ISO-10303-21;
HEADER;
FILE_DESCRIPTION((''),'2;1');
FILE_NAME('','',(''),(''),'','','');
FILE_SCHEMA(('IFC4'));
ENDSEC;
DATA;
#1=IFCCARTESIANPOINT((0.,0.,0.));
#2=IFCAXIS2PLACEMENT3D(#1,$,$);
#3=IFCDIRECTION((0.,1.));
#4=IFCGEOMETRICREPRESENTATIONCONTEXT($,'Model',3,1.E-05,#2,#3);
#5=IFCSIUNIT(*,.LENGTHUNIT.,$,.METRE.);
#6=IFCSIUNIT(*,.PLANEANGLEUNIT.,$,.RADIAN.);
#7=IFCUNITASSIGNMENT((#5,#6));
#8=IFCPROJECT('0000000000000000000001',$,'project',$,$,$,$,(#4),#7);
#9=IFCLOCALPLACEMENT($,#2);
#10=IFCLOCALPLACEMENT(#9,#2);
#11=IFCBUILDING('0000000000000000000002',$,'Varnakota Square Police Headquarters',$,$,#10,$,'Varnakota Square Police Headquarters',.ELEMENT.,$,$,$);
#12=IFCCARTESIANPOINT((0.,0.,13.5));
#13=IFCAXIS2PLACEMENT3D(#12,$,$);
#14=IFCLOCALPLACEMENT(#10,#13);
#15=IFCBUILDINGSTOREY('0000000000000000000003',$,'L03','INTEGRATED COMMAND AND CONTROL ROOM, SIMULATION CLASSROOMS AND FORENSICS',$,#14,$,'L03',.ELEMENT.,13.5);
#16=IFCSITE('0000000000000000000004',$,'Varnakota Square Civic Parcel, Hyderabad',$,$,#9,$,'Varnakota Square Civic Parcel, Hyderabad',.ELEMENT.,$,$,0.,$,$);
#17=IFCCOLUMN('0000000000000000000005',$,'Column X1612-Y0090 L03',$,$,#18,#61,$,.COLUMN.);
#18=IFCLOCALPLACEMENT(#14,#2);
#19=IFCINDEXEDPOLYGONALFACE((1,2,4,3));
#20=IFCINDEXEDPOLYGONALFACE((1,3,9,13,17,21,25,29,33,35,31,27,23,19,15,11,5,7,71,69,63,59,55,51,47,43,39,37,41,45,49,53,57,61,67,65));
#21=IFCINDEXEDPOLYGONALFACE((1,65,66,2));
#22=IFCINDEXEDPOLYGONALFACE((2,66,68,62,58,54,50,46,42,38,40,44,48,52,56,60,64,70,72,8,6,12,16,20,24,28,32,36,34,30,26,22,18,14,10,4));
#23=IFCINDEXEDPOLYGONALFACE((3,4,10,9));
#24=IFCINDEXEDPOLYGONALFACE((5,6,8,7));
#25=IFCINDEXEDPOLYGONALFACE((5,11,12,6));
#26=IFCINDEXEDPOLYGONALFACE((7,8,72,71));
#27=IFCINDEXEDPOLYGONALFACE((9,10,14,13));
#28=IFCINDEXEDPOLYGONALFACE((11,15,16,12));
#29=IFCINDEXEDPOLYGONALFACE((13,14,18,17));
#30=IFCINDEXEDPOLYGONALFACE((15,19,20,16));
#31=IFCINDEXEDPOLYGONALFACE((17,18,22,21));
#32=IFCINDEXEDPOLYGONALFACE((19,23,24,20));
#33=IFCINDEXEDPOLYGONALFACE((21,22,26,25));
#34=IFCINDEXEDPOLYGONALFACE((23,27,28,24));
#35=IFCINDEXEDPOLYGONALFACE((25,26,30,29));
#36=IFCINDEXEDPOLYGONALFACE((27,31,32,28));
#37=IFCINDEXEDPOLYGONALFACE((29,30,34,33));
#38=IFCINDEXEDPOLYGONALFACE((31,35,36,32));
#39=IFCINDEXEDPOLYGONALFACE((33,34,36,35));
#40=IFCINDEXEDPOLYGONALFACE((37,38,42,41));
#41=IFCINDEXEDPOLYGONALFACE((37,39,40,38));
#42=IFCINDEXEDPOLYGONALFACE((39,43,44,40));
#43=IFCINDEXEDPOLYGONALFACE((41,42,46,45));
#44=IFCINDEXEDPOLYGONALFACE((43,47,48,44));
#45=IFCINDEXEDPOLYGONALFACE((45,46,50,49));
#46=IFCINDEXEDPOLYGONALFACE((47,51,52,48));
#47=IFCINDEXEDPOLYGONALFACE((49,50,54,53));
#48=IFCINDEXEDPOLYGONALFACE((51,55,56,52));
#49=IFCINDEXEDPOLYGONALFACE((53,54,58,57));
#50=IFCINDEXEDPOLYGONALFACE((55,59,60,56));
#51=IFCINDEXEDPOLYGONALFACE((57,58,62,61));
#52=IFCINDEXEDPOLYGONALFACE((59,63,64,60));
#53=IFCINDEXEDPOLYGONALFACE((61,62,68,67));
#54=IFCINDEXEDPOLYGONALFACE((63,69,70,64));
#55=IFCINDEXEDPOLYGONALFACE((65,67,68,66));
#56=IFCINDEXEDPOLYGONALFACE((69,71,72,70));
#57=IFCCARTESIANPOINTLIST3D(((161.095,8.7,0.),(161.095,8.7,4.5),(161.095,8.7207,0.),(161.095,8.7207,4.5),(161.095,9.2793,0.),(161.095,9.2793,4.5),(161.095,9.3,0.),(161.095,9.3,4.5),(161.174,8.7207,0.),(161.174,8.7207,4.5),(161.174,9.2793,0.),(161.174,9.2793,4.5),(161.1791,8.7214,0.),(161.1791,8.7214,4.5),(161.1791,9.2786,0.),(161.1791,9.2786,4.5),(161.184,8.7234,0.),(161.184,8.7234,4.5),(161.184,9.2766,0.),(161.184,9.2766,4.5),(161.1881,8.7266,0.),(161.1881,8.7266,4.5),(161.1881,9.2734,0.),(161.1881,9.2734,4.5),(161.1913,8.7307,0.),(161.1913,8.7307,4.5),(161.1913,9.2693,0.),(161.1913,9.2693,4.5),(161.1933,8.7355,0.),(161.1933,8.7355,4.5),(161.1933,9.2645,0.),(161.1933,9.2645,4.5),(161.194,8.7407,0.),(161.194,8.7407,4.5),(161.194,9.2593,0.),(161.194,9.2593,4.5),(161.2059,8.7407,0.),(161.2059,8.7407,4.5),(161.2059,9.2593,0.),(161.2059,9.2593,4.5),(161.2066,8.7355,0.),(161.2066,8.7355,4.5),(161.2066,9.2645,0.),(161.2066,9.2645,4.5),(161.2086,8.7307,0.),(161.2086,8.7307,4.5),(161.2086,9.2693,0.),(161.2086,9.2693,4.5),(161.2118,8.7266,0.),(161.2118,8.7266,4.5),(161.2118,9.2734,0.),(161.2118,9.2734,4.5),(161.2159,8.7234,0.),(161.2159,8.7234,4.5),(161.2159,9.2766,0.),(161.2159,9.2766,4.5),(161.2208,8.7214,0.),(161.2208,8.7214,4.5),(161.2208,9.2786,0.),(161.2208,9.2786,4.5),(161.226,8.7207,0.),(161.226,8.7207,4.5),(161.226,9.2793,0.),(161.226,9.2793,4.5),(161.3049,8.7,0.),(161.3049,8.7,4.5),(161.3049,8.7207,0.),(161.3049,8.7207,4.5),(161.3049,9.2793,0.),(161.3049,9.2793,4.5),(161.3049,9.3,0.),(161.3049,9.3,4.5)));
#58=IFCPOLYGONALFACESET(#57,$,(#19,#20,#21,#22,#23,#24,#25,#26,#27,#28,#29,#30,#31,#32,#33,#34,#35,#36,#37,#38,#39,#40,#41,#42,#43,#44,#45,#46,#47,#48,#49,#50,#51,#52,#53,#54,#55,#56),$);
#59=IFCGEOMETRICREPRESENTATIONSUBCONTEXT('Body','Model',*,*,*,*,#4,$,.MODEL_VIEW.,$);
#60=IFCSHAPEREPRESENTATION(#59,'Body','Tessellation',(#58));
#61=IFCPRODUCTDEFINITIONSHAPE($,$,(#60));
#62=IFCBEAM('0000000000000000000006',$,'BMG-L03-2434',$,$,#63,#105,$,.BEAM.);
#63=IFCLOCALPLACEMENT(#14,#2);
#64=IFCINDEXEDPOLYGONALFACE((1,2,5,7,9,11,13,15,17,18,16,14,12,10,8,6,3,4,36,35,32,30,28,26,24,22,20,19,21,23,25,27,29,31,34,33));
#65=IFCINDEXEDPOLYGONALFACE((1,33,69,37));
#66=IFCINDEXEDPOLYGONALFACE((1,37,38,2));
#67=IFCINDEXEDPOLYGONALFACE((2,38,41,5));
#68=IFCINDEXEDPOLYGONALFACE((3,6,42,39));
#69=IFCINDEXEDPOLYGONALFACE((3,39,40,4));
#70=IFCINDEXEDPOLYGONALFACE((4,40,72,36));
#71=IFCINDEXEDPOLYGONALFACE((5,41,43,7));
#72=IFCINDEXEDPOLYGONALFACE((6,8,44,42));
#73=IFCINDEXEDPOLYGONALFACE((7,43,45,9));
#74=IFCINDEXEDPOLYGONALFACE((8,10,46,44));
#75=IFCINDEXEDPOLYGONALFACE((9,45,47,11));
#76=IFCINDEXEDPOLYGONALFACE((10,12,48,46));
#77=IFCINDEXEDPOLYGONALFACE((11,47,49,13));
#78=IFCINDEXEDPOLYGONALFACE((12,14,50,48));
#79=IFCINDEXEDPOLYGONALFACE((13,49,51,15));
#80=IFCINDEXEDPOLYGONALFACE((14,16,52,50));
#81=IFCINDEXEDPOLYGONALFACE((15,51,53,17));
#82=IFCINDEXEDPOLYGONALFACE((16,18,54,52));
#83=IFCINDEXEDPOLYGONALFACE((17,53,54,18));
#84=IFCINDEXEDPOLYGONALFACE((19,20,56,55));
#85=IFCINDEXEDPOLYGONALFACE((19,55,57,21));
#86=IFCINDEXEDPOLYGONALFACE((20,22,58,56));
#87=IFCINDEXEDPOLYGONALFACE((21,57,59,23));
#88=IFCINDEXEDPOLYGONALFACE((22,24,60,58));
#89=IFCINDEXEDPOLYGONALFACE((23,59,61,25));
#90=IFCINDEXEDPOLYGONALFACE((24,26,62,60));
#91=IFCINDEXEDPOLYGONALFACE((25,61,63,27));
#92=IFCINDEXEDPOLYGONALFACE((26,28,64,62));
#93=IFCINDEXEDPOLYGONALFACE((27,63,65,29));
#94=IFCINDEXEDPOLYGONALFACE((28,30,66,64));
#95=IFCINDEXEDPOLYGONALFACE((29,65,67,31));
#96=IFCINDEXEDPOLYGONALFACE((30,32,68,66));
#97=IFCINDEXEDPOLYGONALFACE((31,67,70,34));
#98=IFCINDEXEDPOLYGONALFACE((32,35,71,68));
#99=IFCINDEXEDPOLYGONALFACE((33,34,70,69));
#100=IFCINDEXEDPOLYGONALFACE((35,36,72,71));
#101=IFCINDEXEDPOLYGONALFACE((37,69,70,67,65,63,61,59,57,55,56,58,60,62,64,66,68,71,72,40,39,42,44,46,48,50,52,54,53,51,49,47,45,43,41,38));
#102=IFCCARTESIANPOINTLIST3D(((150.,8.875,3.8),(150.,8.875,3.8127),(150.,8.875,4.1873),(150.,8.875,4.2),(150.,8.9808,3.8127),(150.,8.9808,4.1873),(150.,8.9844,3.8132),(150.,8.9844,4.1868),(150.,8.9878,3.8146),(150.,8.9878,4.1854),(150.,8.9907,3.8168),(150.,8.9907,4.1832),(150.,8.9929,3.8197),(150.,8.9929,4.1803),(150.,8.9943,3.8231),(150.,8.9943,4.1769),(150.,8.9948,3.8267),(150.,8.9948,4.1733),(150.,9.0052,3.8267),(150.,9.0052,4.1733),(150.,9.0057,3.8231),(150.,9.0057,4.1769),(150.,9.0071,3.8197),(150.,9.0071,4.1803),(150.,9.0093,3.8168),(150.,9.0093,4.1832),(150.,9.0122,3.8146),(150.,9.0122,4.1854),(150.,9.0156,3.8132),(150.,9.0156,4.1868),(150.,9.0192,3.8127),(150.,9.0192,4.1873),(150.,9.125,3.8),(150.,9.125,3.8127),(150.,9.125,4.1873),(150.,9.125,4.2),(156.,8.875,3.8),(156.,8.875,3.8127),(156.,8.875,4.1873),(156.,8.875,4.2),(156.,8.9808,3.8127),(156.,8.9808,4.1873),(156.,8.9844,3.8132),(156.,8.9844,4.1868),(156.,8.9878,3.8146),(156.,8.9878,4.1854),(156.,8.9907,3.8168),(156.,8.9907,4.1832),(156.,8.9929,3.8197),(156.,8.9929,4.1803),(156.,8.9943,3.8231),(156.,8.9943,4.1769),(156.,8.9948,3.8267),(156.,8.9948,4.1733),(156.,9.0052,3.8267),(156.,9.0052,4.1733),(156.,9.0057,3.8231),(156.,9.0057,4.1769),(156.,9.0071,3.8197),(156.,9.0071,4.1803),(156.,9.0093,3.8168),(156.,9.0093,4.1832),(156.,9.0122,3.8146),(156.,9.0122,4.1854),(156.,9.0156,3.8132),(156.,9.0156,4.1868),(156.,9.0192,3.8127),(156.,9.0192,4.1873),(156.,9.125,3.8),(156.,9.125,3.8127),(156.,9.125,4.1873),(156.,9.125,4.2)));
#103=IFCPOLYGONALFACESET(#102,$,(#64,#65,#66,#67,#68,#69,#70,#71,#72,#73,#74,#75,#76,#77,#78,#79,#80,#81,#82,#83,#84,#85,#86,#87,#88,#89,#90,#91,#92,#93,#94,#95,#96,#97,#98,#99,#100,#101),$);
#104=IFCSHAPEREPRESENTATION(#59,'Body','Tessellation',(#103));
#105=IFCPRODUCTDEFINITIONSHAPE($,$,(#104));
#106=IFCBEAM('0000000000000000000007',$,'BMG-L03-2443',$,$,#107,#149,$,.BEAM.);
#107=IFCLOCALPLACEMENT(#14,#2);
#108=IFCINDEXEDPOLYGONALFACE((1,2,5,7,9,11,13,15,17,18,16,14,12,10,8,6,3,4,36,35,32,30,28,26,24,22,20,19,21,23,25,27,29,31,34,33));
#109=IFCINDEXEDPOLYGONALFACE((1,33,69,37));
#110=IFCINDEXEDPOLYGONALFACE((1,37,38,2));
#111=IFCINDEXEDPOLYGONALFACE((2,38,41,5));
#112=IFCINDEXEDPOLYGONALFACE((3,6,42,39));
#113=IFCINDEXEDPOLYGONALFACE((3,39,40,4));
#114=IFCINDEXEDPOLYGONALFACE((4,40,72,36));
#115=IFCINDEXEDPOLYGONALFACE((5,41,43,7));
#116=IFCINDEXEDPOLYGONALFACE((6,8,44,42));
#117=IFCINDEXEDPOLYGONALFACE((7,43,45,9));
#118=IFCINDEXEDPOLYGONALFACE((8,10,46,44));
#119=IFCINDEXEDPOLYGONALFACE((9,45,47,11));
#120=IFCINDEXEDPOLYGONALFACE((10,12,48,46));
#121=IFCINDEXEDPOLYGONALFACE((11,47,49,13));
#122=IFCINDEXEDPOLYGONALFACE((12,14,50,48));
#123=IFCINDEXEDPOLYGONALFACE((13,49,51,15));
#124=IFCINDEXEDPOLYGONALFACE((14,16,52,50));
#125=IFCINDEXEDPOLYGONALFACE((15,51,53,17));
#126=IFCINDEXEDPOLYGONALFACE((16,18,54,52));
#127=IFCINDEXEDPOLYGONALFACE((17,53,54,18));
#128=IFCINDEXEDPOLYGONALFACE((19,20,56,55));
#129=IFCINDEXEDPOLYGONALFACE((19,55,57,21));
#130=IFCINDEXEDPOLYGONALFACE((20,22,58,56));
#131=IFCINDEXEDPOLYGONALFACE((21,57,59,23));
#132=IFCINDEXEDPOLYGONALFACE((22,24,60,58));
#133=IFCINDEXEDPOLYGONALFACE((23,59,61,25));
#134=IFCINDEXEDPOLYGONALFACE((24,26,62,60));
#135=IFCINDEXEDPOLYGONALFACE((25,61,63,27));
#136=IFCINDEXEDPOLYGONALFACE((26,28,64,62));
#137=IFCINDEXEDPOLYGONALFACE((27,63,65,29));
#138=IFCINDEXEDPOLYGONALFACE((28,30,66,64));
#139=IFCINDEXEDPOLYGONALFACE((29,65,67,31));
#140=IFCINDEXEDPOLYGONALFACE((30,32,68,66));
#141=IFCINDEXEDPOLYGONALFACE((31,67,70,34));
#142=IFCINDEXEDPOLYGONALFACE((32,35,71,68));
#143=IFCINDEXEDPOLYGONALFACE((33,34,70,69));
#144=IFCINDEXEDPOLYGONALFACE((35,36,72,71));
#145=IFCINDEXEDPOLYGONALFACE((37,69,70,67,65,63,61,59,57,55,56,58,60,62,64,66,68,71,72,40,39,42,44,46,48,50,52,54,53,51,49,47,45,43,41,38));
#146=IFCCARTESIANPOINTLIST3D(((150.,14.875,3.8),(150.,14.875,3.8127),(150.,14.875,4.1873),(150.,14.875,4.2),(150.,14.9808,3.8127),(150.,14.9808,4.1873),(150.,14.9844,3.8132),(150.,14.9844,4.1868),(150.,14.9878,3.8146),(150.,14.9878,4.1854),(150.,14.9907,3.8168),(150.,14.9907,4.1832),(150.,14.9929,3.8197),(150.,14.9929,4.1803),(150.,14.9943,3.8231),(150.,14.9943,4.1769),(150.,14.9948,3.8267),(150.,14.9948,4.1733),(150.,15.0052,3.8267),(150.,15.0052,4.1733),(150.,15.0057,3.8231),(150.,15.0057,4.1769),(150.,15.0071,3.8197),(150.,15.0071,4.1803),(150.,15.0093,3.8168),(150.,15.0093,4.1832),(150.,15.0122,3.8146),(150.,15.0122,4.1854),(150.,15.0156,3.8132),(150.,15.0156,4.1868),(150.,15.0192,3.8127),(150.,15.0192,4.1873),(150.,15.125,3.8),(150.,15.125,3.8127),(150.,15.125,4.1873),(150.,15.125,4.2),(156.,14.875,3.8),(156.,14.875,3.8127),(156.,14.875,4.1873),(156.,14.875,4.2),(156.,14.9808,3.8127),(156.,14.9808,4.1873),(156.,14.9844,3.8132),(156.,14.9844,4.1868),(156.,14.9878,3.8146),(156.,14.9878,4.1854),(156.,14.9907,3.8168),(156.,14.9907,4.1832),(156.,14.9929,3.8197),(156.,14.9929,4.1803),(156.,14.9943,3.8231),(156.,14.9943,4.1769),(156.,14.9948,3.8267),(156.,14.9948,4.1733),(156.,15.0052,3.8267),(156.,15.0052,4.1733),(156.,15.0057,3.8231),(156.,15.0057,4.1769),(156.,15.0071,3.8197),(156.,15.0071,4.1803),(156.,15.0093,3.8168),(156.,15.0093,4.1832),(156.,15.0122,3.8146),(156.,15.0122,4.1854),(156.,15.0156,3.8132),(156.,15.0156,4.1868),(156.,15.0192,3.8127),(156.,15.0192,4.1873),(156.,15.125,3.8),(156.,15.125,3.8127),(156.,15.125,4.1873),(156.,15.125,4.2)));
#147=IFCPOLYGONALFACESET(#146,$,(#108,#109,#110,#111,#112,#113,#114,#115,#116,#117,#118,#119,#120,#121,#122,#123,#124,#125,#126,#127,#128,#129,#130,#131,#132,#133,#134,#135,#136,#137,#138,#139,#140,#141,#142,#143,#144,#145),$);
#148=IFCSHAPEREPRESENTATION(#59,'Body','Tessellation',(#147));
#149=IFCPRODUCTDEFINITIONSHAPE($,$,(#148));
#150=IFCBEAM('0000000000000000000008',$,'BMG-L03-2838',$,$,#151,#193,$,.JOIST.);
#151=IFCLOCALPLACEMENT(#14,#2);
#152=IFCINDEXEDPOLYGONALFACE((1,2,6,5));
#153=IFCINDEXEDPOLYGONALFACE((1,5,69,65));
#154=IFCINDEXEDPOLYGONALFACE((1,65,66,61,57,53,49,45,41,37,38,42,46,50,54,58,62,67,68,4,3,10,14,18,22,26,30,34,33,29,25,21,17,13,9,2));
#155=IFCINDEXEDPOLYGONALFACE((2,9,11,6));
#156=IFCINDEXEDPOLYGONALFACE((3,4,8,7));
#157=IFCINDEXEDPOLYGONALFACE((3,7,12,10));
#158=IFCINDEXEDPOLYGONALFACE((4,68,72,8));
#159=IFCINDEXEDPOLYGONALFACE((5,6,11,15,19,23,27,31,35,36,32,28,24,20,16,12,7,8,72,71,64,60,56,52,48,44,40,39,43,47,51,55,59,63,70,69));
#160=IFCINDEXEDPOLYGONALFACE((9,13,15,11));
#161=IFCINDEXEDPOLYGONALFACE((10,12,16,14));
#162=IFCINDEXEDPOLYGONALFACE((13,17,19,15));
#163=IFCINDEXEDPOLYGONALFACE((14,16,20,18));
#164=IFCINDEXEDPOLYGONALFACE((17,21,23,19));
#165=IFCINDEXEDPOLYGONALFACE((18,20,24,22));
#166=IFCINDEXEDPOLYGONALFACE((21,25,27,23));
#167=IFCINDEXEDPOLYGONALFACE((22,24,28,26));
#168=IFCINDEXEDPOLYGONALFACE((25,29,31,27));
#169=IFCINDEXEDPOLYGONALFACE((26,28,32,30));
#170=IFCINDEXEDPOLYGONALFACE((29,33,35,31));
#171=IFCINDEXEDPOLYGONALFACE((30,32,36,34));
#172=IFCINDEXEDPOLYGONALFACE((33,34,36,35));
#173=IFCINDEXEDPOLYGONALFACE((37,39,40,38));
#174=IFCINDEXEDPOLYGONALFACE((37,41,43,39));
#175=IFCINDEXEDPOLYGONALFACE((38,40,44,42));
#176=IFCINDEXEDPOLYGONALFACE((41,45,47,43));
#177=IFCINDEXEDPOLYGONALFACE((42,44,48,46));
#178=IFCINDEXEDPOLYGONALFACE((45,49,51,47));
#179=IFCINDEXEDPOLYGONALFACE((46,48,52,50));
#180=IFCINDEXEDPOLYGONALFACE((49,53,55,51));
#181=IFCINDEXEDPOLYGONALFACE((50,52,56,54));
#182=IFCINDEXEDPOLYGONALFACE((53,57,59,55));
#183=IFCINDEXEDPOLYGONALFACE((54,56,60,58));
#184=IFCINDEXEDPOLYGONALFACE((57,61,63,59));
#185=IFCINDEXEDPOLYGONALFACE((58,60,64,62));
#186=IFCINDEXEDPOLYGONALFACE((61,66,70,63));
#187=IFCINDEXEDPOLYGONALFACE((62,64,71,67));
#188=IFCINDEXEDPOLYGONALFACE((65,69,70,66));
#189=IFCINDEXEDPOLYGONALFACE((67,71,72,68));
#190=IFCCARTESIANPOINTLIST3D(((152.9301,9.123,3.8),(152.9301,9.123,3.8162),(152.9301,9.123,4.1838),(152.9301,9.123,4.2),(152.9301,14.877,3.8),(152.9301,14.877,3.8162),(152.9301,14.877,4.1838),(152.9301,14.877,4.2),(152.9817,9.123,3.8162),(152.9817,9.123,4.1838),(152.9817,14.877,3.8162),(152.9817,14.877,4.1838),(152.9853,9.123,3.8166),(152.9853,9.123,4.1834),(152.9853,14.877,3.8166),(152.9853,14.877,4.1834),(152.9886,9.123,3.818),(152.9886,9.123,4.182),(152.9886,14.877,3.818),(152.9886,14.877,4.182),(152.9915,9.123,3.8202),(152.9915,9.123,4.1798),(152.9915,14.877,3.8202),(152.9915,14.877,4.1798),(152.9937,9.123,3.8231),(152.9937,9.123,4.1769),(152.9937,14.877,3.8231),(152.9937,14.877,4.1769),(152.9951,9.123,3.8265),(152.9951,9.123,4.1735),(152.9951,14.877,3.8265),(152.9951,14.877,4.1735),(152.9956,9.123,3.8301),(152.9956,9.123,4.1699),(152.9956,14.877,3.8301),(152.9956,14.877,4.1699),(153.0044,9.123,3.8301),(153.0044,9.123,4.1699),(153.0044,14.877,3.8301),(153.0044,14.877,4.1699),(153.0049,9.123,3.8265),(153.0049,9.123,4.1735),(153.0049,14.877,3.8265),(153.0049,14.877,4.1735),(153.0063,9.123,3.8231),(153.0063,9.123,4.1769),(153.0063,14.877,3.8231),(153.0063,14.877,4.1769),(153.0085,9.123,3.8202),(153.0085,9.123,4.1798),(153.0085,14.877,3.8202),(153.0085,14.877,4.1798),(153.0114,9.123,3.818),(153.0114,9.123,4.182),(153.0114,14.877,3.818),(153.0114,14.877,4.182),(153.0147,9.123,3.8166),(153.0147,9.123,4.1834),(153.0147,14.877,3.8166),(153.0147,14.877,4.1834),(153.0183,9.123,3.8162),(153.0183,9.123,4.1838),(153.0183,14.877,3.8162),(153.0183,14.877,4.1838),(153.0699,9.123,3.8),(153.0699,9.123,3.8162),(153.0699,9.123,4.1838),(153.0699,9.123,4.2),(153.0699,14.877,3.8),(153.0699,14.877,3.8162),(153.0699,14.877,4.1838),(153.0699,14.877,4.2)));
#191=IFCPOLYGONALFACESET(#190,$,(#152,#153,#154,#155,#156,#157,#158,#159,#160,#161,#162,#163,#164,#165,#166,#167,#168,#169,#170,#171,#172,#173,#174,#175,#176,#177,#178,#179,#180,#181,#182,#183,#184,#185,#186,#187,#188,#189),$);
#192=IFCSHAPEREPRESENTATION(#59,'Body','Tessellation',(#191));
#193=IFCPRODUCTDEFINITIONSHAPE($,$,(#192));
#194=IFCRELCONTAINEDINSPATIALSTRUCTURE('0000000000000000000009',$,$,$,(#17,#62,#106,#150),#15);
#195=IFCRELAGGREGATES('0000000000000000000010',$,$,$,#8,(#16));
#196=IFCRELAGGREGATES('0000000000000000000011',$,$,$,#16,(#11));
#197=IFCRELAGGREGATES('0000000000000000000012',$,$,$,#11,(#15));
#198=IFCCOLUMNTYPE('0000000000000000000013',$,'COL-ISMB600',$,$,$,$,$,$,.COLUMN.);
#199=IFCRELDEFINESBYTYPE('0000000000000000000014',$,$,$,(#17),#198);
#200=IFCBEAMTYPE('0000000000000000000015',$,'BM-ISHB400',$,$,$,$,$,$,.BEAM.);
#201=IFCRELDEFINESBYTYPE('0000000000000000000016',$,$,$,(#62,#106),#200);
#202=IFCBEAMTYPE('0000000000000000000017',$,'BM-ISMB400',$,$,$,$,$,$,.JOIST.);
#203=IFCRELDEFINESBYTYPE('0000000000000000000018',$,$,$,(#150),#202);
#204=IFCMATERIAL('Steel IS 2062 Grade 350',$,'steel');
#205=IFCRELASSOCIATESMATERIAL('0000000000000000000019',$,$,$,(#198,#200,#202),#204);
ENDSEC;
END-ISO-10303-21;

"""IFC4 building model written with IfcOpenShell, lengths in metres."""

from ifc_helpers import new_model, si_unit, direction, frame, origin, origin_2d, place, context, subcontext, project, spatial, i_section, extrude, material, material_profile, profile_set, type_object, element, save


model = new_model("IFC4")

# Units and contexts
model_context = context("Model", 3, precision=1e-05, world=origin(), true_north=direction((0.0, 1.0)))
body_context = subcontext(model_context, "Body", "Model", "MODEL_VIEW")
ifc_project = project(units=[si_unit("LENGTHUNIT", "METRE"), si_unit("PLANEANGLEUNIT", "RADIAN")], contexts=[model_context])

# Site, building, storey
site_placement = place(None, origin())
site = spatial("IfcSite", under=ifc_project, at=site_placement, Name="Varnakota Square Civic Parcel, Hyderabad", LongName="Varnakota Square Civic Parcel, Hyderabad", CompositionType="ELEMENT", RefElevation=0.0)
building_placement = place(site_placement, origin())
building = spatial("IfcBuilding", under=site, at=building_placement, Name="Varnakota Square Police Headquarters", LongName="Varnakota Square Police Headquarters", CompositionType="ELEMENT")
storey_placement = place(building_placement, frame((0.0, 0.0, 13.5)))
storey = spatial("IfcBuildingStorey", under=building, at=storey_placement, Name="L03", Description="INTEGRATED COMMAND AND CONTROL ROOM, SIMULATION CLASSROOMS AND FORENSICS", LongName="L03", CompositionType="ELEMENT", Elevation=13.5)

# Column
ifc_material_1 = material(Name="Steel IS 2062 Grade 350", Category="steel")
ifc_material_profile_1 = material_profile(ifc_material_1, i_section(OverallWidth=0.21, OverallDepth=0.6001, WebThickness=0.012, FlangeThickness=0.0208, FilletRadius=0.02, at=origin_2d()), Name="ISMB 600")
ifc_profile_set_1 = profile_set([ifc_material_profile_1], Name="Steel IS 2062 Grade 350")
column_type_1 = type_object("IfcColumnType", Name="COL-ISMB600", PredefinedType="COLUMN", material=ifc_profile_set_1)
for number, where, z_axis, x_axis, name in (
    (1, (161.2, 9.0, 0.0), (0.0, 0.0, 1.0), (1.0, 0.0, 0.0), "Column X1612-Y0090 L03"),
):
    element("IfcColumn", number, at=place(storey_placement, frame(where, z_axis=z_axis, x_axis=x_axis)), inside=storey, type_object=column_type_1, Name=name, PredefinedType="COLUMN", context=body_context, shape_type="SweptSolid", body=[
        extrude(i_section(OverallWidth=0.21, OverallDepth=0.6001, WebThickness=0.012, FlangeThickness=0.0208, FilletRadius=0.02, at=origin_2d()), origin(), (0.0, 0.0, 1.0), 4.5),
    ])

# Beams
ifc_material_profile_2 = material_profile(ifc_material_1, i_section(OverallWidth=0.25, OverallDepth=0.3999, WebThickness=0.0105, FlangeThickness=0.0127, FilletRadius=0.0139, at=origin_2d()), Name="ISHB 400")
ifc_profile_set_2 = profile_set([ifc_material_profile_2], Name="Steel IS 2062 Grade 350")
beam_type_1 = type_object("IfcBeamType", Name="BM-ISHB400", PredefinedType="BEAM", material=ifc_profile_set_2)
for number, where, z_axis, x_axis, name in (
    (2, (150.0, 9.0, 4.0), (1.0, 0.0, 0.0), (0.0, 1.0, 0.0), "BMG-L03-2434"),
    (3, (150.0, 15.0, 4.0), (1.0, 0.0, 0.0), (0.0, 1.0, 0.0), "BMG-L03-2443"),
):
    element("IfcBeam", number, at=place(storey_placement, frame(where, z_axis=z_axis, x_axis=x_axis)), inside=storey, type_object=beam_type_1, Name=name, PredefinedType="BEAM", context=body_context, shape_type="SweptSolid", body=[
        extrude(i_section(OverallWidth=0.25, OverallDepth=0.3999, WebThickness=0.0105, FlangeThickness=0.0127, FilletRadius=0.0139, at=origin_2d()), origin(), (0.0, 0.0, 1.0), 6.0),
    ])
ifc_material_profile_3 = material_profile(ifc_material_1, i_section(OverallWidth=0.1399, OverallDepth=0.3999, WebThickness=0.0088, FlangeThickness=0.0161, FilletRadius=0.0139, at=origin_2d()), Name="ISMB 400")
ifc_profile_set_3 = profile_set([ifc_material_profile_3], Name="Steel IS 2062 Grade 350")
beam_type_2 = type_object("IfcBeamType", Name="BM-ISMB400", PredefinedType="JOIST", material=ifc_profile_set_3)
beam_1_placement = place(storey_placement, frame((153.0, 9.123, 4.0), z_axis=(0.0, 1.0, 0.0), x_axis=(-1.0, 0.0, 0.0)))
element("IfcBeam", 4, at=beam_1_placement, inside=storey, type_object=beam_type_2, Name="BMG-L03-2838", PredefinedType="JOIST", context=body_context, shape_type="SweptSolid", body=[
    extrude(i_section(OverallWidth=0.1399, OverallDepth=0.3999, WebThickness=0.0088, FlangeThickness=0.0161, FilletRadius=0.0139, at=origin_2d()), origin(), (0.0, 0.0, 1.0), 5.7539),
])

save(model, "model.ifc")
